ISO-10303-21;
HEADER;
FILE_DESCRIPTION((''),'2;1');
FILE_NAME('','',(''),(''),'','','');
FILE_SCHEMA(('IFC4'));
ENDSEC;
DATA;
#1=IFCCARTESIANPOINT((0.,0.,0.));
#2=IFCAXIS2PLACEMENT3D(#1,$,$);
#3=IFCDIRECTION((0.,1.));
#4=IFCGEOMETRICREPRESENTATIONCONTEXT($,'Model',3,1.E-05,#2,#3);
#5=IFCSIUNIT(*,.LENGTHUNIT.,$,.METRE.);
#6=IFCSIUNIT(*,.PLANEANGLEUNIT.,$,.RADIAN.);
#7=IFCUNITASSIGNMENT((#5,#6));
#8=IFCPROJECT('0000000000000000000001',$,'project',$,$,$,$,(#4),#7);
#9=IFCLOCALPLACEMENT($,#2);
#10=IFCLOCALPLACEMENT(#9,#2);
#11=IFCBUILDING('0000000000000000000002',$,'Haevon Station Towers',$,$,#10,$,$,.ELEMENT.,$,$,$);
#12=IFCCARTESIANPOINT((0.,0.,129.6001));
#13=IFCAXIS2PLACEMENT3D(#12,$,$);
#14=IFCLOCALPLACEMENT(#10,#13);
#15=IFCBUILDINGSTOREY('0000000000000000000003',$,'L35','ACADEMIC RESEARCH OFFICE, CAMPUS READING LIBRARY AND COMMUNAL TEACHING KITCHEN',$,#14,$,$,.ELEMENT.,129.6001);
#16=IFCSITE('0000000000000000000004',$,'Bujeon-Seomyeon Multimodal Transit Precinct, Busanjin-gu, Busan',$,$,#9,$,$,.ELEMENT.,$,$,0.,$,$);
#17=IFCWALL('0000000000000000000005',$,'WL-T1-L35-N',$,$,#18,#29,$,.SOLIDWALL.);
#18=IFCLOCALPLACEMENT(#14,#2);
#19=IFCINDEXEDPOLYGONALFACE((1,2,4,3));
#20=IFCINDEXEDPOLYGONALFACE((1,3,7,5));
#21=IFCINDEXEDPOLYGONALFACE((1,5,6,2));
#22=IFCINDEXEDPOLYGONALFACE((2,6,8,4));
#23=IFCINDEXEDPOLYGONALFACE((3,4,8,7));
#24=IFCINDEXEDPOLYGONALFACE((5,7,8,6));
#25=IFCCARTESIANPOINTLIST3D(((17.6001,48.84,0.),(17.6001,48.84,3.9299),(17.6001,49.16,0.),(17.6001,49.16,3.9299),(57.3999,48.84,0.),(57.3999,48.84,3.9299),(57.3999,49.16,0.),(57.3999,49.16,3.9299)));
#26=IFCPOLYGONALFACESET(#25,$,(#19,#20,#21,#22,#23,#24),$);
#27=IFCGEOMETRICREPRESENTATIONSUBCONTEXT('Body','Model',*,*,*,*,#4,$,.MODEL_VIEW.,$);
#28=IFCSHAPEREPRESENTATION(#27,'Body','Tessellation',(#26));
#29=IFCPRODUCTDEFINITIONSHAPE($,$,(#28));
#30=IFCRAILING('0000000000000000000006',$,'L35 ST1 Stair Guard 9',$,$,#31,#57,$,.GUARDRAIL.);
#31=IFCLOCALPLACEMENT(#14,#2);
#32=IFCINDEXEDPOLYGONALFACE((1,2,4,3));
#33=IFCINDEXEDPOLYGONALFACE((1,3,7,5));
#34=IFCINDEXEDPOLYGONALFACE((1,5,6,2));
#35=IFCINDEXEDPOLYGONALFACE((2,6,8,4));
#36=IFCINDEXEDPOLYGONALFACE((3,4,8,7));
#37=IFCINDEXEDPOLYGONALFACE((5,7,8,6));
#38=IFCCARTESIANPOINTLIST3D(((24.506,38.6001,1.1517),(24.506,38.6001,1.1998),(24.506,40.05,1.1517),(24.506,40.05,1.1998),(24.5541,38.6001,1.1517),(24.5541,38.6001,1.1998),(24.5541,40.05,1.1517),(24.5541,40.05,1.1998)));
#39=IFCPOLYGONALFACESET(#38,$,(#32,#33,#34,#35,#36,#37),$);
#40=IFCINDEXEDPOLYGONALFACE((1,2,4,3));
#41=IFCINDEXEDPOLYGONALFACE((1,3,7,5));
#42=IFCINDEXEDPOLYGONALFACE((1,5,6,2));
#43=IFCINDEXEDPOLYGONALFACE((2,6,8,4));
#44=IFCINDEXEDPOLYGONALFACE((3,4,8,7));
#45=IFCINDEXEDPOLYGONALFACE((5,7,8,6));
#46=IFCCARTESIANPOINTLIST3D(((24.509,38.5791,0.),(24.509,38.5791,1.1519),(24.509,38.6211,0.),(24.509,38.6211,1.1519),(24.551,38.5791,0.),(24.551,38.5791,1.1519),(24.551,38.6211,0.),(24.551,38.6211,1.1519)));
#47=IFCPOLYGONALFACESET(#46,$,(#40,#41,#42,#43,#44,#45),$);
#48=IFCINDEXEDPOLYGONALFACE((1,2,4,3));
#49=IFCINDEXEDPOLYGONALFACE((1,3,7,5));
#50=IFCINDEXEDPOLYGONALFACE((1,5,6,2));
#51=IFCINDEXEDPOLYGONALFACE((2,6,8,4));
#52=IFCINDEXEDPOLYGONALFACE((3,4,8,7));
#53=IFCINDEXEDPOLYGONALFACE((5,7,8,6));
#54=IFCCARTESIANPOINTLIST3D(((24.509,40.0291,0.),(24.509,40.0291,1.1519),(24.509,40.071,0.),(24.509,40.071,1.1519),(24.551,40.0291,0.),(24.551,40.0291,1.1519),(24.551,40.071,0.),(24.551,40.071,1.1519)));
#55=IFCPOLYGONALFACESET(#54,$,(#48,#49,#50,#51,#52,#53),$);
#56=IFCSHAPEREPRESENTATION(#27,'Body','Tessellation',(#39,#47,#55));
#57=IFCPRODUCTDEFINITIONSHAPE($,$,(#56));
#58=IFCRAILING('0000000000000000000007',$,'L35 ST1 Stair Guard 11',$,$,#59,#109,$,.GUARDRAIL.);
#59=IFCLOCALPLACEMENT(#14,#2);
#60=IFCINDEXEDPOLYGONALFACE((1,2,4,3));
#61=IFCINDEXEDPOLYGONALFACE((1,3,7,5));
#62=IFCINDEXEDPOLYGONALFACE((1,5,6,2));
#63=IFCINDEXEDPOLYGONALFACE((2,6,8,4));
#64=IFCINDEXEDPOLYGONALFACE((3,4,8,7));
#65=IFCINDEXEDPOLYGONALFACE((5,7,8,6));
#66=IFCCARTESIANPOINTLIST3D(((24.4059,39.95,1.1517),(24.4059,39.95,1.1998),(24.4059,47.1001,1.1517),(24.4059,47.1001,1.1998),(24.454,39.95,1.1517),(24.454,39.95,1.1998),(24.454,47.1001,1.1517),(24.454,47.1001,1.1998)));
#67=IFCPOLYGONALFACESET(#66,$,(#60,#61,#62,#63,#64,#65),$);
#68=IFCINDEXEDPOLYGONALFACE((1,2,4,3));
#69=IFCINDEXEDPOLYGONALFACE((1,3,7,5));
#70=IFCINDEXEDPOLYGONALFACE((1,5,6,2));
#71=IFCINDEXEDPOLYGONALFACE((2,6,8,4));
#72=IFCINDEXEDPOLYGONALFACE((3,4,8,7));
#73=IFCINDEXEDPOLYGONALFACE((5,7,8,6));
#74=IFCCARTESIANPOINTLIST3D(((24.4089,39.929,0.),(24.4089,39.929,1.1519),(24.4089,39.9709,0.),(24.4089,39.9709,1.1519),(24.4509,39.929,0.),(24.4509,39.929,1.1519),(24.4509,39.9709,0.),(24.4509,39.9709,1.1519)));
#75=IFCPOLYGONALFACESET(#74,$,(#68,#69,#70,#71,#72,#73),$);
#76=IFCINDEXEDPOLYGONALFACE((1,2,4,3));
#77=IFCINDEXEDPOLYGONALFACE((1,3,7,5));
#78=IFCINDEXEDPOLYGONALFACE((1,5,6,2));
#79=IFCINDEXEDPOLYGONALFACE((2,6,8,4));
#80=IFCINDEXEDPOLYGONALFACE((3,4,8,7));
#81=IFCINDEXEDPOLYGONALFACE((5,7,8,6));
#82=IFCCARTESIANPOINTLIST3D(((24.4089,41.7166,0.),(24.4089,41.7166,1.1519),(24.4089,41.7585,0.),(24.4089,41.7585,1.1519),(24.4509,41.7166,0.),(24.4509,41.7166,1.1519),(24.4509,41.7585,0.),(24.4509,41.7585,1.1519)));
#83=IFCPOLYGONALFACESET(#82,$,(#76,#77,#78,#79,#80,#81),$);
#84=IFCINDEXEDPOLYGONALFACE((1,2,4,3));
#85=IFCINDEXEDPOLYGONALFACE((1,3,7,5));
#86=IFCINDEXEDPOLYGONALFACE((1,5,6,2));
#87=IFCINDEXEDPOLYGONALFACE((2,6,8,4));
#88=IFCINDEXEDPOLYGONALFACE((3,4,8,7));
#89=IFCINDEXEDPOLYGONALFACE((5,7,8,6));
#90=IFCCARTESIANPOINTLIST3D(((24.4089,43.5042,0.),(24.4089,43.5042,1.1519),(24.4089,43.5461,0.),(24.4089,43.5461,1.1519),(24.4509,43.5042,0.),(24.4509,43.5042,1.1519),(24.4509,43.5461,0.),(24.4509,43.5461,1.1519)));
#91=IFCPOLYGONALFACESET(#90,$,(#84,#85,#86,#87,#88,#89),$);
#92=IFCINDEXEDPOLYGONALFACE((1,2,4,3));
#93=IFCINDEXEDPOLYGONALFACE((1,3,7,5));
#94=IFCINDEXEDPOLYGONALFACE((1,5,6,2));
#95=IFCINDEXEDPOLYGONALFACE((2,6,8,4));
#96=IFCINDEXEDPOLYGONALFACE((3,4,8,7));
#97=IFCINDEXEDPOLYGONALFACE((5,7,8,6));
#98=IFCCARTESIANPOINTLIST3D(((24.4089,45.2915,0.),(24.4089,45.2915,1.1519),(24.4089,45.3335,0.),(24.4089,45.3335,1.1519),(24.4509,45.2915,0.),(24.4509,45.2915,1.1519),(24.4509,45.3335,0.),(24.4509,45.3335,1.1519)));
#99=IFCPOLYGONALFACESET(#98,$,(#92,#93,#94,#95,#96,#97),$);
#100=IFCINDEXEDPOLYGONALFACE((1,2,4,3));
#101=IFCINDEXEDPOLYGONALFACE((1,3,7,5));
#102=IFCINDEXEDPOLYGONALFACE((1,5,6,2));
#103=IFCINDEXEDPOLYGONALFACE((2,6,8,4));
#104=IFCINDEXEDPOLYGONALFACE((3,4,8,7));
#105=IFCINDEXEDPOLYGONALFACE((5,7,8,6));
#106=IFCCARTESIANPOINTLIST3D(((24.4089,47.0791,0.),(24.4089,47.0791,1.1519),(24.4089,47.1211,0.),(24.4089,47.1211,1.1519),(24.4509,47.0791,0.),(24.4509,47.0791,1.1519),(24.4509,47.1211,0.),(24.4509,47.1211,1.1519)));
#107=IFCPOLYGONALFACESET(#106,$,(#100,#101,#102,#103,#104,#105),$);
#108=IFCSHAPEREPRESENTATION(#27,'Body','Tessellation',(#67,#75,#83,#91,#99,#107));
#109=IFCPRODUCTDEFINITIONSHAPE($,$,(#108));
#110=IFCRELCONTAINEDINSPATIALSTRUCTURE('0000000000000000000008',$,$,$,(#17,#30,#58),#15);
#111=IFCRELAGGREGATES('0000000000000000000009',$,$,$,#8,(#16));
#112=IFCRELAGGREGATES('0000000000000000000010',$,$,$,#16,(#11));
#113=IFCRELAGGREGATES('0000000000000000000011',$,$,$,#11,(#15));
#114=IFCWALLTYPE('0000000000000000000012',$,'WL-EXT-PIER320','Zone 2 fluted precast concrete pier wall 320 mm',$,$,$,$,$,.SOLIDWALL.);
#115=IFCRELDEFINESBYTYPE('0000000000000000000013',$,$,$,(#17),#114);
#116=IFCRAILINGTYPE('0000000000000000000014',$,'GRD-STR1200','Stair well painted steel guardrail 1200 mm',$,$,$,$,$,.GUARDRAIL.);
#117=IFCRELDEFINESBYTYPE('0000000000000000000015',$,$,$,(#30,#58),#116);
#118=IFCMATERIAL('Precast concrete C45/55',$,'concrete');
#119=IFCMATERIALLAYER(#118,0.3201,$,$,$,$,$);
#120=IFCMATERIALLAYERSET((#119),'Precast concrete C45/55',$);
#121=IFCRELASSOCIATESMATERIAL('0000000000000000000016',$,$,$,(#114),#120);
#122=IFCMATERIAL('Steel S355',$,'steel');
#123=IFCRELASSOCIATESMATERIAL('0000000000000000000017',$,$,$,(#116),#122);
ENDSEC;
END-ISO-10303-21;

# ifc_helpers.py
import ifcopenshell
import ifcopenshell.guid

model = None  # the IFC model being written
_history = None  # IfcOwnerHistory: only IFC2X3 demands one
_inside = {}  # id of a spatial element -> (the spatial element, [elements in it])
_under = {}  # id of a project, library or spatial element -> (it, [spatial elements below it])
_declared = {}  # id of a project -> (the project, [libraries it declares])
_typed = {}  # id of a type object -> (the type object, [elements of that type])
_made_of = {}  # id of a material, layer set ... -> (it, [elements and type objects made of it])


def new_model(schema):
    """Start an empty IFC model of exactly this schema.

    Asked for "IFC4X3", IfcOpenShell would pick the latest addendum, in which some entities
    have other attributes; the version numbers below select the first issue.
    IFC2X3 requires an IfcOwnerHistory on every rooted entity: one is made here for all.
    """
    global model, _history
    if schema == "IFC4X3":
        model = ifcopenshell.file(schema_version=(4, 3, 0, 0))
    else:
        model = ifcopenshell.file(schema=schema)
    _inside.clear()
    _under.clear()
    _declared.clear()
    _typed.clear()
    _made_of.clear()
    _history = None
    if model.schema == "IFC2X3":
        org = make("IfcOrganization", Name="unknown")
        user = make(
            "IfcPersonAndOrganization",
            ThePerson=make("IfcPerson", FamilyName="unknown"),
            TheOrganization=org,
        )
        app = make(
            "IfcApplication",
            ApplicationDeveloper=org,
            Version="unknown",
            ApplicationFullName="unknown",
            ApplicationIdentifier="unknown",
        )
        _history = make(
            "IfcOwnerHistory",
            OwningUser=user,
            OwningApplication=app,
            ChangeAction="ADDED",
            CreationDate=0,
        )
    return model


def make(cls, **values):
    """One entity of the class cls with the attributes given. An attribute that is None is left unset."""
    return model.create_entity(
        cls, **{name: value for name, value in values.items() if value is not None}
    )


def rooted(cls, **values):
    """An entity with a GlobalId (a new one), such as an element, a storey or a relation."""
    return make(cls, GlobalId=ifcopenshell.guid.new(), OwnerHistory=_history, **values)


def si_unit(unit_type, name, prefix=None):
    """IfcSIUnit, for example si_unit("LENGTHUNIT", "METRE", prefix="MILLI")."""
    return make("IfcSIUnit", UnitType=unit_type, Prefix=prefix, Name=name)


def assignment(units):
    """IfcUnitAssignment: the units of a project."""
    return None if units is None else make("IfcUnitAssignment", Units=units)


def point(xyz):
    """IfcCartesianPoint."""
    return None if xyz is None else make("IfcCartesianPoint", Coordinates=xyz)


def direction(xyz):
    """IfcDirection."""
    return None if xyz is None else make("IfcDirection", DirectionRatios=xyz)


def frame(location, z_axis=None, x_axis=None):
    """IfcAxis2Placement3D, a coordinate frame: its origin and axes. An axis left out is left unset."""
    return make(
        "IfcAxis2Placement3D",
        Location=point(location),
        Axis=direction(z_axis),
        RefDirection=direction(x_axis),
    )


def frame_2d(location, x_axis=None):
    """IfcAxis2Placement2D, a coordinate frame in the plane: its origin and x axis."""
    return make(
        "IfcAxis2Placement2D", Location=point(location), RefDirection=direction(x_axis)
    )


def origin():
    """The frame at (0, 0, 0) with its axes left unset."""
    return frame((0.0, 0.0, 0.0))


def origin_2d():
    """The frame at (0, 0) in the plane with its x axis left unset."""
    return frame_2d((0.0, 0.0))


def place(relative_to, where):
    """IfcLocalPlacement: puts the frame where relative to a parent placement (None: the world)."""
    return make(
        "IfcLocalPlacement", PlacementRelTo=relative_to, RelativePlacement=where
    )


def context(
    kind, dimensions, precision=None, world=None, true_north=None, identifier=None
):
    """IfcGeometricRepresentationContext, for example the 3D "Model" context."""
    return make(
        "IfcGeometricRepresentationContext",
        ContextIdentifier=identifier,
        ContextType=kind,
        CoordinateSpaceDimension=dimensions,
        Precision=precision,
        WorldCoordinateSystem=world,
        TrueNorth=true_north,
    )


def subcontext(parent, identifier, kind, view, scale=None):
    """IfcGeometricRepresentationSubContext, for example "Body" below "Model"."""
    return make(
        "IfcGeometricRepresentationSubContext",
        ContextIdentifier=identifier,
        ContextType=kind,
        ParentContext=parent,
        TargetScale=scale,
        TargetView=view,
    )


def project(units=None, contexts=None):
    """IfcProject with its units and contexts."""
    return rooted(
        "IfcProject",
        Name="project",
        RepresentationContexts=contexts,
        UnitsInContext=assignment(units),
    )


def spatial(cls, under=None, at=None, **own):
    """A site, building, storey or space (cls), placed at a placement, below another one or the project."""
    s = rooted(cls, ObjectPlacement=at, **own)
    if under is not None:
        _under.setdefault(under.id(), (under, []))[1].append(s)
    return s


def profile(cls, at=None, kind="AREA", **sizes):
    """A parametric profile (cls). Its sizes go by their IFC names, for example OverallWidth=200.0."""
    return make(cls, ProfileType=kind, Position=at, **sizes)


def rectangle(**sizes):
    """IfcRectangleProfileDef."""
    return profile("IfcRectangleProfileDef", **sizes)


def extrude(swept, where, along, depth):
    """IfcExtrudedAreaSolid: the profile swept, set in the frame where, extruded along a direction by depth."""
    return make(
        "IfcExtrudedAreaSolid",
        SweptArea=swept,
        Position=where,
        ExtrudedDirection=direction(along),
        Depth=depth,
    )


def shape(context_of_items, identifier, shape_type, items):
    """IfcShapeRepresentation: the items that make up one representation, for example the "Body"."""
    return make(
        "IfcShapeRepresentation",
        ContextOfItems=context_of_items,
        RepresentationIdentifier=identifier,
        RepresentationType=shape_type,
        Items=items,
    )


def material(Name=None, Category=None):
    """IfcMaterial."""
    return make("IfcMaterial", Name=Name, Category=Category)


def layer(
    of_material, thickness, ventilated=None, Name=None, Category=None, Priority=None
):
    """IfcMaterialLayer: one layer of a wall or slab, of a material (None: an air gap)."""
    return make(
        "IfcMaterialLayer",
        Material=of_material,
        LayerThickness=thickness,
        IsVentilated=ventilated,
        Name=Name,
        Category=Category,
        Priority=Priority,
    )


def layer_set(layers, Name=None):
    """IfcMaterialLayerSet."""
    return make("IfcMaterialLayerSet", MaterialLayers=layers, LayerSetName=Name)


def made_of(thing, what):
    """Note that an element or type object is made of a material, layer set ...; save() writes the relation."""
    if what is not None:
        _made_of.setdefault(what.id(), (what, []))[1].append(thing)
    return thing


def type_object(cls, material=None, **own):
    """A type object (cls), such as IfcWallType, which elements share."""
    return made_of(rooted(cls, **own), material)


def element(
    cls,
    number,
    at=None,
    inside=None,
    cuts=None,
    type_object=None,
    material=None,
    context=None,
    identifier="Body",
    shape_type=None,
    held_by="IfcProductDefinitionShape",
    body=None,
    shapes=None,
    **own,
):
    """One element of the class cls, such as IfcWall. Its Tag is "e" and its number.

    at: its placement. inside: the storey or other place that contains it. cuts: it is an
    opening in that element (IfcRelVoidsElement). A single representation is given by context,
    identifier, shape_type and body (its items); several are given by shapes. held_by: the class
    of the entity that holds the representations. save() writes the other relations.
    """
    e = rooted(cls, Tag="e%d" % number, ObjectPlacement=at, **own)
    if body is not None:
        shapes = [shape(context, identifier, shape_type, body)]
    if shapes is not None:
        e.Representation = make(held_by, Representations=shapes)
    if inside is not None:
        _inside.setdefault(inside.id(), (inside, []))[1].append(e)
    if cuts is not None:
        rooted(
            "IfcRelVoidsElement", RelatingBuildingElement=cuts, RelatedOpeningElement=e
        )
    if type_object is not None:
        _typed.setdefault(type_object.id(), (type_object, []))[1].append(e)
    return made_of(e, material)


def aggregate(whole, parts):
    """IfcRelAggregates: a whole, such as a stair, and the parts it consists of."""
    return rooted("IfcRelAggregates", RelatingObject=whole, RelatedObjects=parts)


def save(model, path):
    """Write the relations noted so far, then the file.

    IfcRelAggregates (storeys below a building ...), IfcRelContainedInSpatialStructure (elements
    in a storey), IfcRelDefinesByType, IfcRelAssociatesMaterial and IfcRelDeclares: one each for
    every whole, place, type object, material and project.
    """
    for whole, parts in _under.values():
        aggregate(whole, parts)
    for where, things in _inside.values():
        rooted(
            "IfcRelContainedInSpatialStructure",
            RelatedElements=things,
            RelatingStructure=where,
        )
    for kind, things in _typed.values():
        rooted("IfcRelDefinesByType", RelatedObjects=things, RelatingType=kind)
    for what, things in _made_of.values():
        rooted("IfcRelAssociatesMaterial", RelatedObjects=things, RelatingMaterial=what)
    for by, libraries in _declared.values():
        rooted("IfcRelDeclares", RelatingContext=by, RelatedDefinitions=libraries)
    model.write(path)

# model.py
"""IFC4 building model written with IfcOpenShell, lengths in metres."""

from ifc_helpers import new_model, si_unit, direction, frame, frame_2d, origin, origin_2d, place, context, subcontext, project, spatial, rectangle, extrude, material, layer, layer_set, type_object, element, save


model = new_model("IFC4")

# Units and contexts
model_context = context("Model", 3, precision=1e-05, world=origin(), true_north=direction((0.0, 1.0)))
body_context = subcontext(model_context, "Body", "Model", "MODEL_VIEW")
ifc_project = project(units=[si_unit("LENGTHUNIT", "METRE"), si_unit("PLANEANGLEUNIT", "RADIAN")], contexts=[model_context])

# Site, building, storey
site_placement = place(None, origin())
site = spatial("IfcSite", under=ifc_project, at=site_placement, Name="Bujeon-Seomyeon Multimodal Transit Precinct, Busanjin-gu, Busan", CompositionType="ELEMENT", RefElevation=0.0)
building_placement = place(site_placement, origin())
building = spatial("IfcBuilding", under=site, at=building_placement, Name="Haevon Station Towers", CompositionType="ELEMENT")
storey_placement = place(building_placement, frame((0.0, 0.0, 129.6001)))
storey = spatial("IfcBuildingStorey", under=building, at=storey_placement, Name="L35", Description="ACADEMIC RESEARCH OFFICE, CAMPUS READING LIBRARY AND COMMUNAL TEACHING KITCHEN", CompositionType="ELEMENT", Elevation=129.6001)

# Shared definitions
ifc_material_1 = material(Name="Steel S355", Category="steel")

# Wall
ifc_material_2 = material(Name="Precast concrete C45/55", Category="concrete")
ifc_layer_1 = layer(ifc_material_2, 0.3201)
ifc_layer_set_1 = layer_set([ifc_layer_1], Name="Precast concrete C45/55")
wall_type_1 = type_object("IfcWallType", Name="WL-EXT-PIER320", Description="Zone 2 fluted precast concrete pier wall 320 mm", PredefinedType="SOLIDWALL", material=ifc_layer_set_1)
wall_1_placement = place(storey_placement, frame((17.6001, 49.0, 0.0), z_axis=(0.0, 0.0, 1.0), x_axis=(1.0, 0.0, 0.0)))
element("IfcWall", 1, at=wall_1_placement, inside=storey, type_object=wall_type_1, Name="WL-T1-L35-N", PredefinedType="SOLIDWALL", context=body_context, shape_type="SweptSolid", body=[
    extrude(rectangle(XDim=39.7998, YDim=0.3201, at=frame_2d((19.8999, 0.0))), origin(), (0.0, 0.0, 1.0), 3.9299),
])

# Railings
railing_type = type_object("IfcRailingType", Name="GRD-STR1200", Description="Stair well painted steel guardrail 1200 mm", PredefinedType="GUARDRAIL", material=ifc_material_1)
railing_1_placement = place(storey_placement, frame((24.53, 38.6001, 0.0)))
element("IfcRailing", 2, at=railing_1_placement, inside=storey, type_object=railing_type, Name="L35 ST1 Stair Guard 9", PredefinedType="GUARDRAIL", context=body_context, shape_type="SweptSolid", body=[
    extrude(rectangle(XDim=0.0481, YDim=0.0481, at=origin_2d()), frame((0.0, 0.0, 1.1758), z_axis=(0.0, 1.0, 0.0), x_axis=(-1.0, 0.0, 0.0)), (0.0, 0.0, 1.0), 1.45),
    extrude(rectangle(XDim=0.042, YDim=0.042, at=origin_2d()), origin(), (0.0, 0.0, 1.0), 1.1519),
    extrude(rectangle(XDim=0.042, YDim=0.042, at=origin_2d()), frame((0.0, 1.45, 0.0)), (0.0, 0.0, 1.0), 1.1519),
])
railing_2_placement = place(storey_placement, frame((24.4299, 39.95, 0.0)))
element("IfcRailing", 3, at=railing_2_placement, inside=storey, type_object=railing_type, Name="L35 ST1 Stair Guard 11", PredefinedType="GUARDRAIL", context=body_context, shape_type="SweptSolid", body=[
    extrude(rectangle(XDim=0.0481, YDim=0.0481, at=origin_2d()), frame((0.0, 0.0, 1.1758), z_axis=(0.0, 1.0, 0.0), x_axis=(-1.0, 0.0, 0.0)), (0.0, 0.0, 1.0), 7.1501),
    extrude(rectangle(XDim=0.042, YDim=0.042, at=origin_2d()), origin(), (0.0, 0.0, 1.0), 1.1519),
    extrude(rectangle(XDim=0.042, YDim=0.042, at=origin_2d()), frame((0.0, 1.7876, 0.0)), (0.0, 0.0, 1.0), 1.1519),
    extrude(rectangle(XDim=0.042, YDim=0.042, at=origin_2d()), frame((0.0, 3.5752, 0.0)), (0.0, 0.0, 1.0), 1.1519),
    extrude(rectangle(XDim=0.042, YDim=0.042, at=origin_2d()), frame((0.0, 5.3625, 0.0)), (0.0, 0.0, 1.0), 1.1519),
    extrude(rectangle(XDim=0.042, YDim=0.042, at=origin_2d()), frame((0.0, 7.1501, 0.0)), (0.0, 0.0, 1.0), 1.1519),
])

save(model, "model.ifc")
